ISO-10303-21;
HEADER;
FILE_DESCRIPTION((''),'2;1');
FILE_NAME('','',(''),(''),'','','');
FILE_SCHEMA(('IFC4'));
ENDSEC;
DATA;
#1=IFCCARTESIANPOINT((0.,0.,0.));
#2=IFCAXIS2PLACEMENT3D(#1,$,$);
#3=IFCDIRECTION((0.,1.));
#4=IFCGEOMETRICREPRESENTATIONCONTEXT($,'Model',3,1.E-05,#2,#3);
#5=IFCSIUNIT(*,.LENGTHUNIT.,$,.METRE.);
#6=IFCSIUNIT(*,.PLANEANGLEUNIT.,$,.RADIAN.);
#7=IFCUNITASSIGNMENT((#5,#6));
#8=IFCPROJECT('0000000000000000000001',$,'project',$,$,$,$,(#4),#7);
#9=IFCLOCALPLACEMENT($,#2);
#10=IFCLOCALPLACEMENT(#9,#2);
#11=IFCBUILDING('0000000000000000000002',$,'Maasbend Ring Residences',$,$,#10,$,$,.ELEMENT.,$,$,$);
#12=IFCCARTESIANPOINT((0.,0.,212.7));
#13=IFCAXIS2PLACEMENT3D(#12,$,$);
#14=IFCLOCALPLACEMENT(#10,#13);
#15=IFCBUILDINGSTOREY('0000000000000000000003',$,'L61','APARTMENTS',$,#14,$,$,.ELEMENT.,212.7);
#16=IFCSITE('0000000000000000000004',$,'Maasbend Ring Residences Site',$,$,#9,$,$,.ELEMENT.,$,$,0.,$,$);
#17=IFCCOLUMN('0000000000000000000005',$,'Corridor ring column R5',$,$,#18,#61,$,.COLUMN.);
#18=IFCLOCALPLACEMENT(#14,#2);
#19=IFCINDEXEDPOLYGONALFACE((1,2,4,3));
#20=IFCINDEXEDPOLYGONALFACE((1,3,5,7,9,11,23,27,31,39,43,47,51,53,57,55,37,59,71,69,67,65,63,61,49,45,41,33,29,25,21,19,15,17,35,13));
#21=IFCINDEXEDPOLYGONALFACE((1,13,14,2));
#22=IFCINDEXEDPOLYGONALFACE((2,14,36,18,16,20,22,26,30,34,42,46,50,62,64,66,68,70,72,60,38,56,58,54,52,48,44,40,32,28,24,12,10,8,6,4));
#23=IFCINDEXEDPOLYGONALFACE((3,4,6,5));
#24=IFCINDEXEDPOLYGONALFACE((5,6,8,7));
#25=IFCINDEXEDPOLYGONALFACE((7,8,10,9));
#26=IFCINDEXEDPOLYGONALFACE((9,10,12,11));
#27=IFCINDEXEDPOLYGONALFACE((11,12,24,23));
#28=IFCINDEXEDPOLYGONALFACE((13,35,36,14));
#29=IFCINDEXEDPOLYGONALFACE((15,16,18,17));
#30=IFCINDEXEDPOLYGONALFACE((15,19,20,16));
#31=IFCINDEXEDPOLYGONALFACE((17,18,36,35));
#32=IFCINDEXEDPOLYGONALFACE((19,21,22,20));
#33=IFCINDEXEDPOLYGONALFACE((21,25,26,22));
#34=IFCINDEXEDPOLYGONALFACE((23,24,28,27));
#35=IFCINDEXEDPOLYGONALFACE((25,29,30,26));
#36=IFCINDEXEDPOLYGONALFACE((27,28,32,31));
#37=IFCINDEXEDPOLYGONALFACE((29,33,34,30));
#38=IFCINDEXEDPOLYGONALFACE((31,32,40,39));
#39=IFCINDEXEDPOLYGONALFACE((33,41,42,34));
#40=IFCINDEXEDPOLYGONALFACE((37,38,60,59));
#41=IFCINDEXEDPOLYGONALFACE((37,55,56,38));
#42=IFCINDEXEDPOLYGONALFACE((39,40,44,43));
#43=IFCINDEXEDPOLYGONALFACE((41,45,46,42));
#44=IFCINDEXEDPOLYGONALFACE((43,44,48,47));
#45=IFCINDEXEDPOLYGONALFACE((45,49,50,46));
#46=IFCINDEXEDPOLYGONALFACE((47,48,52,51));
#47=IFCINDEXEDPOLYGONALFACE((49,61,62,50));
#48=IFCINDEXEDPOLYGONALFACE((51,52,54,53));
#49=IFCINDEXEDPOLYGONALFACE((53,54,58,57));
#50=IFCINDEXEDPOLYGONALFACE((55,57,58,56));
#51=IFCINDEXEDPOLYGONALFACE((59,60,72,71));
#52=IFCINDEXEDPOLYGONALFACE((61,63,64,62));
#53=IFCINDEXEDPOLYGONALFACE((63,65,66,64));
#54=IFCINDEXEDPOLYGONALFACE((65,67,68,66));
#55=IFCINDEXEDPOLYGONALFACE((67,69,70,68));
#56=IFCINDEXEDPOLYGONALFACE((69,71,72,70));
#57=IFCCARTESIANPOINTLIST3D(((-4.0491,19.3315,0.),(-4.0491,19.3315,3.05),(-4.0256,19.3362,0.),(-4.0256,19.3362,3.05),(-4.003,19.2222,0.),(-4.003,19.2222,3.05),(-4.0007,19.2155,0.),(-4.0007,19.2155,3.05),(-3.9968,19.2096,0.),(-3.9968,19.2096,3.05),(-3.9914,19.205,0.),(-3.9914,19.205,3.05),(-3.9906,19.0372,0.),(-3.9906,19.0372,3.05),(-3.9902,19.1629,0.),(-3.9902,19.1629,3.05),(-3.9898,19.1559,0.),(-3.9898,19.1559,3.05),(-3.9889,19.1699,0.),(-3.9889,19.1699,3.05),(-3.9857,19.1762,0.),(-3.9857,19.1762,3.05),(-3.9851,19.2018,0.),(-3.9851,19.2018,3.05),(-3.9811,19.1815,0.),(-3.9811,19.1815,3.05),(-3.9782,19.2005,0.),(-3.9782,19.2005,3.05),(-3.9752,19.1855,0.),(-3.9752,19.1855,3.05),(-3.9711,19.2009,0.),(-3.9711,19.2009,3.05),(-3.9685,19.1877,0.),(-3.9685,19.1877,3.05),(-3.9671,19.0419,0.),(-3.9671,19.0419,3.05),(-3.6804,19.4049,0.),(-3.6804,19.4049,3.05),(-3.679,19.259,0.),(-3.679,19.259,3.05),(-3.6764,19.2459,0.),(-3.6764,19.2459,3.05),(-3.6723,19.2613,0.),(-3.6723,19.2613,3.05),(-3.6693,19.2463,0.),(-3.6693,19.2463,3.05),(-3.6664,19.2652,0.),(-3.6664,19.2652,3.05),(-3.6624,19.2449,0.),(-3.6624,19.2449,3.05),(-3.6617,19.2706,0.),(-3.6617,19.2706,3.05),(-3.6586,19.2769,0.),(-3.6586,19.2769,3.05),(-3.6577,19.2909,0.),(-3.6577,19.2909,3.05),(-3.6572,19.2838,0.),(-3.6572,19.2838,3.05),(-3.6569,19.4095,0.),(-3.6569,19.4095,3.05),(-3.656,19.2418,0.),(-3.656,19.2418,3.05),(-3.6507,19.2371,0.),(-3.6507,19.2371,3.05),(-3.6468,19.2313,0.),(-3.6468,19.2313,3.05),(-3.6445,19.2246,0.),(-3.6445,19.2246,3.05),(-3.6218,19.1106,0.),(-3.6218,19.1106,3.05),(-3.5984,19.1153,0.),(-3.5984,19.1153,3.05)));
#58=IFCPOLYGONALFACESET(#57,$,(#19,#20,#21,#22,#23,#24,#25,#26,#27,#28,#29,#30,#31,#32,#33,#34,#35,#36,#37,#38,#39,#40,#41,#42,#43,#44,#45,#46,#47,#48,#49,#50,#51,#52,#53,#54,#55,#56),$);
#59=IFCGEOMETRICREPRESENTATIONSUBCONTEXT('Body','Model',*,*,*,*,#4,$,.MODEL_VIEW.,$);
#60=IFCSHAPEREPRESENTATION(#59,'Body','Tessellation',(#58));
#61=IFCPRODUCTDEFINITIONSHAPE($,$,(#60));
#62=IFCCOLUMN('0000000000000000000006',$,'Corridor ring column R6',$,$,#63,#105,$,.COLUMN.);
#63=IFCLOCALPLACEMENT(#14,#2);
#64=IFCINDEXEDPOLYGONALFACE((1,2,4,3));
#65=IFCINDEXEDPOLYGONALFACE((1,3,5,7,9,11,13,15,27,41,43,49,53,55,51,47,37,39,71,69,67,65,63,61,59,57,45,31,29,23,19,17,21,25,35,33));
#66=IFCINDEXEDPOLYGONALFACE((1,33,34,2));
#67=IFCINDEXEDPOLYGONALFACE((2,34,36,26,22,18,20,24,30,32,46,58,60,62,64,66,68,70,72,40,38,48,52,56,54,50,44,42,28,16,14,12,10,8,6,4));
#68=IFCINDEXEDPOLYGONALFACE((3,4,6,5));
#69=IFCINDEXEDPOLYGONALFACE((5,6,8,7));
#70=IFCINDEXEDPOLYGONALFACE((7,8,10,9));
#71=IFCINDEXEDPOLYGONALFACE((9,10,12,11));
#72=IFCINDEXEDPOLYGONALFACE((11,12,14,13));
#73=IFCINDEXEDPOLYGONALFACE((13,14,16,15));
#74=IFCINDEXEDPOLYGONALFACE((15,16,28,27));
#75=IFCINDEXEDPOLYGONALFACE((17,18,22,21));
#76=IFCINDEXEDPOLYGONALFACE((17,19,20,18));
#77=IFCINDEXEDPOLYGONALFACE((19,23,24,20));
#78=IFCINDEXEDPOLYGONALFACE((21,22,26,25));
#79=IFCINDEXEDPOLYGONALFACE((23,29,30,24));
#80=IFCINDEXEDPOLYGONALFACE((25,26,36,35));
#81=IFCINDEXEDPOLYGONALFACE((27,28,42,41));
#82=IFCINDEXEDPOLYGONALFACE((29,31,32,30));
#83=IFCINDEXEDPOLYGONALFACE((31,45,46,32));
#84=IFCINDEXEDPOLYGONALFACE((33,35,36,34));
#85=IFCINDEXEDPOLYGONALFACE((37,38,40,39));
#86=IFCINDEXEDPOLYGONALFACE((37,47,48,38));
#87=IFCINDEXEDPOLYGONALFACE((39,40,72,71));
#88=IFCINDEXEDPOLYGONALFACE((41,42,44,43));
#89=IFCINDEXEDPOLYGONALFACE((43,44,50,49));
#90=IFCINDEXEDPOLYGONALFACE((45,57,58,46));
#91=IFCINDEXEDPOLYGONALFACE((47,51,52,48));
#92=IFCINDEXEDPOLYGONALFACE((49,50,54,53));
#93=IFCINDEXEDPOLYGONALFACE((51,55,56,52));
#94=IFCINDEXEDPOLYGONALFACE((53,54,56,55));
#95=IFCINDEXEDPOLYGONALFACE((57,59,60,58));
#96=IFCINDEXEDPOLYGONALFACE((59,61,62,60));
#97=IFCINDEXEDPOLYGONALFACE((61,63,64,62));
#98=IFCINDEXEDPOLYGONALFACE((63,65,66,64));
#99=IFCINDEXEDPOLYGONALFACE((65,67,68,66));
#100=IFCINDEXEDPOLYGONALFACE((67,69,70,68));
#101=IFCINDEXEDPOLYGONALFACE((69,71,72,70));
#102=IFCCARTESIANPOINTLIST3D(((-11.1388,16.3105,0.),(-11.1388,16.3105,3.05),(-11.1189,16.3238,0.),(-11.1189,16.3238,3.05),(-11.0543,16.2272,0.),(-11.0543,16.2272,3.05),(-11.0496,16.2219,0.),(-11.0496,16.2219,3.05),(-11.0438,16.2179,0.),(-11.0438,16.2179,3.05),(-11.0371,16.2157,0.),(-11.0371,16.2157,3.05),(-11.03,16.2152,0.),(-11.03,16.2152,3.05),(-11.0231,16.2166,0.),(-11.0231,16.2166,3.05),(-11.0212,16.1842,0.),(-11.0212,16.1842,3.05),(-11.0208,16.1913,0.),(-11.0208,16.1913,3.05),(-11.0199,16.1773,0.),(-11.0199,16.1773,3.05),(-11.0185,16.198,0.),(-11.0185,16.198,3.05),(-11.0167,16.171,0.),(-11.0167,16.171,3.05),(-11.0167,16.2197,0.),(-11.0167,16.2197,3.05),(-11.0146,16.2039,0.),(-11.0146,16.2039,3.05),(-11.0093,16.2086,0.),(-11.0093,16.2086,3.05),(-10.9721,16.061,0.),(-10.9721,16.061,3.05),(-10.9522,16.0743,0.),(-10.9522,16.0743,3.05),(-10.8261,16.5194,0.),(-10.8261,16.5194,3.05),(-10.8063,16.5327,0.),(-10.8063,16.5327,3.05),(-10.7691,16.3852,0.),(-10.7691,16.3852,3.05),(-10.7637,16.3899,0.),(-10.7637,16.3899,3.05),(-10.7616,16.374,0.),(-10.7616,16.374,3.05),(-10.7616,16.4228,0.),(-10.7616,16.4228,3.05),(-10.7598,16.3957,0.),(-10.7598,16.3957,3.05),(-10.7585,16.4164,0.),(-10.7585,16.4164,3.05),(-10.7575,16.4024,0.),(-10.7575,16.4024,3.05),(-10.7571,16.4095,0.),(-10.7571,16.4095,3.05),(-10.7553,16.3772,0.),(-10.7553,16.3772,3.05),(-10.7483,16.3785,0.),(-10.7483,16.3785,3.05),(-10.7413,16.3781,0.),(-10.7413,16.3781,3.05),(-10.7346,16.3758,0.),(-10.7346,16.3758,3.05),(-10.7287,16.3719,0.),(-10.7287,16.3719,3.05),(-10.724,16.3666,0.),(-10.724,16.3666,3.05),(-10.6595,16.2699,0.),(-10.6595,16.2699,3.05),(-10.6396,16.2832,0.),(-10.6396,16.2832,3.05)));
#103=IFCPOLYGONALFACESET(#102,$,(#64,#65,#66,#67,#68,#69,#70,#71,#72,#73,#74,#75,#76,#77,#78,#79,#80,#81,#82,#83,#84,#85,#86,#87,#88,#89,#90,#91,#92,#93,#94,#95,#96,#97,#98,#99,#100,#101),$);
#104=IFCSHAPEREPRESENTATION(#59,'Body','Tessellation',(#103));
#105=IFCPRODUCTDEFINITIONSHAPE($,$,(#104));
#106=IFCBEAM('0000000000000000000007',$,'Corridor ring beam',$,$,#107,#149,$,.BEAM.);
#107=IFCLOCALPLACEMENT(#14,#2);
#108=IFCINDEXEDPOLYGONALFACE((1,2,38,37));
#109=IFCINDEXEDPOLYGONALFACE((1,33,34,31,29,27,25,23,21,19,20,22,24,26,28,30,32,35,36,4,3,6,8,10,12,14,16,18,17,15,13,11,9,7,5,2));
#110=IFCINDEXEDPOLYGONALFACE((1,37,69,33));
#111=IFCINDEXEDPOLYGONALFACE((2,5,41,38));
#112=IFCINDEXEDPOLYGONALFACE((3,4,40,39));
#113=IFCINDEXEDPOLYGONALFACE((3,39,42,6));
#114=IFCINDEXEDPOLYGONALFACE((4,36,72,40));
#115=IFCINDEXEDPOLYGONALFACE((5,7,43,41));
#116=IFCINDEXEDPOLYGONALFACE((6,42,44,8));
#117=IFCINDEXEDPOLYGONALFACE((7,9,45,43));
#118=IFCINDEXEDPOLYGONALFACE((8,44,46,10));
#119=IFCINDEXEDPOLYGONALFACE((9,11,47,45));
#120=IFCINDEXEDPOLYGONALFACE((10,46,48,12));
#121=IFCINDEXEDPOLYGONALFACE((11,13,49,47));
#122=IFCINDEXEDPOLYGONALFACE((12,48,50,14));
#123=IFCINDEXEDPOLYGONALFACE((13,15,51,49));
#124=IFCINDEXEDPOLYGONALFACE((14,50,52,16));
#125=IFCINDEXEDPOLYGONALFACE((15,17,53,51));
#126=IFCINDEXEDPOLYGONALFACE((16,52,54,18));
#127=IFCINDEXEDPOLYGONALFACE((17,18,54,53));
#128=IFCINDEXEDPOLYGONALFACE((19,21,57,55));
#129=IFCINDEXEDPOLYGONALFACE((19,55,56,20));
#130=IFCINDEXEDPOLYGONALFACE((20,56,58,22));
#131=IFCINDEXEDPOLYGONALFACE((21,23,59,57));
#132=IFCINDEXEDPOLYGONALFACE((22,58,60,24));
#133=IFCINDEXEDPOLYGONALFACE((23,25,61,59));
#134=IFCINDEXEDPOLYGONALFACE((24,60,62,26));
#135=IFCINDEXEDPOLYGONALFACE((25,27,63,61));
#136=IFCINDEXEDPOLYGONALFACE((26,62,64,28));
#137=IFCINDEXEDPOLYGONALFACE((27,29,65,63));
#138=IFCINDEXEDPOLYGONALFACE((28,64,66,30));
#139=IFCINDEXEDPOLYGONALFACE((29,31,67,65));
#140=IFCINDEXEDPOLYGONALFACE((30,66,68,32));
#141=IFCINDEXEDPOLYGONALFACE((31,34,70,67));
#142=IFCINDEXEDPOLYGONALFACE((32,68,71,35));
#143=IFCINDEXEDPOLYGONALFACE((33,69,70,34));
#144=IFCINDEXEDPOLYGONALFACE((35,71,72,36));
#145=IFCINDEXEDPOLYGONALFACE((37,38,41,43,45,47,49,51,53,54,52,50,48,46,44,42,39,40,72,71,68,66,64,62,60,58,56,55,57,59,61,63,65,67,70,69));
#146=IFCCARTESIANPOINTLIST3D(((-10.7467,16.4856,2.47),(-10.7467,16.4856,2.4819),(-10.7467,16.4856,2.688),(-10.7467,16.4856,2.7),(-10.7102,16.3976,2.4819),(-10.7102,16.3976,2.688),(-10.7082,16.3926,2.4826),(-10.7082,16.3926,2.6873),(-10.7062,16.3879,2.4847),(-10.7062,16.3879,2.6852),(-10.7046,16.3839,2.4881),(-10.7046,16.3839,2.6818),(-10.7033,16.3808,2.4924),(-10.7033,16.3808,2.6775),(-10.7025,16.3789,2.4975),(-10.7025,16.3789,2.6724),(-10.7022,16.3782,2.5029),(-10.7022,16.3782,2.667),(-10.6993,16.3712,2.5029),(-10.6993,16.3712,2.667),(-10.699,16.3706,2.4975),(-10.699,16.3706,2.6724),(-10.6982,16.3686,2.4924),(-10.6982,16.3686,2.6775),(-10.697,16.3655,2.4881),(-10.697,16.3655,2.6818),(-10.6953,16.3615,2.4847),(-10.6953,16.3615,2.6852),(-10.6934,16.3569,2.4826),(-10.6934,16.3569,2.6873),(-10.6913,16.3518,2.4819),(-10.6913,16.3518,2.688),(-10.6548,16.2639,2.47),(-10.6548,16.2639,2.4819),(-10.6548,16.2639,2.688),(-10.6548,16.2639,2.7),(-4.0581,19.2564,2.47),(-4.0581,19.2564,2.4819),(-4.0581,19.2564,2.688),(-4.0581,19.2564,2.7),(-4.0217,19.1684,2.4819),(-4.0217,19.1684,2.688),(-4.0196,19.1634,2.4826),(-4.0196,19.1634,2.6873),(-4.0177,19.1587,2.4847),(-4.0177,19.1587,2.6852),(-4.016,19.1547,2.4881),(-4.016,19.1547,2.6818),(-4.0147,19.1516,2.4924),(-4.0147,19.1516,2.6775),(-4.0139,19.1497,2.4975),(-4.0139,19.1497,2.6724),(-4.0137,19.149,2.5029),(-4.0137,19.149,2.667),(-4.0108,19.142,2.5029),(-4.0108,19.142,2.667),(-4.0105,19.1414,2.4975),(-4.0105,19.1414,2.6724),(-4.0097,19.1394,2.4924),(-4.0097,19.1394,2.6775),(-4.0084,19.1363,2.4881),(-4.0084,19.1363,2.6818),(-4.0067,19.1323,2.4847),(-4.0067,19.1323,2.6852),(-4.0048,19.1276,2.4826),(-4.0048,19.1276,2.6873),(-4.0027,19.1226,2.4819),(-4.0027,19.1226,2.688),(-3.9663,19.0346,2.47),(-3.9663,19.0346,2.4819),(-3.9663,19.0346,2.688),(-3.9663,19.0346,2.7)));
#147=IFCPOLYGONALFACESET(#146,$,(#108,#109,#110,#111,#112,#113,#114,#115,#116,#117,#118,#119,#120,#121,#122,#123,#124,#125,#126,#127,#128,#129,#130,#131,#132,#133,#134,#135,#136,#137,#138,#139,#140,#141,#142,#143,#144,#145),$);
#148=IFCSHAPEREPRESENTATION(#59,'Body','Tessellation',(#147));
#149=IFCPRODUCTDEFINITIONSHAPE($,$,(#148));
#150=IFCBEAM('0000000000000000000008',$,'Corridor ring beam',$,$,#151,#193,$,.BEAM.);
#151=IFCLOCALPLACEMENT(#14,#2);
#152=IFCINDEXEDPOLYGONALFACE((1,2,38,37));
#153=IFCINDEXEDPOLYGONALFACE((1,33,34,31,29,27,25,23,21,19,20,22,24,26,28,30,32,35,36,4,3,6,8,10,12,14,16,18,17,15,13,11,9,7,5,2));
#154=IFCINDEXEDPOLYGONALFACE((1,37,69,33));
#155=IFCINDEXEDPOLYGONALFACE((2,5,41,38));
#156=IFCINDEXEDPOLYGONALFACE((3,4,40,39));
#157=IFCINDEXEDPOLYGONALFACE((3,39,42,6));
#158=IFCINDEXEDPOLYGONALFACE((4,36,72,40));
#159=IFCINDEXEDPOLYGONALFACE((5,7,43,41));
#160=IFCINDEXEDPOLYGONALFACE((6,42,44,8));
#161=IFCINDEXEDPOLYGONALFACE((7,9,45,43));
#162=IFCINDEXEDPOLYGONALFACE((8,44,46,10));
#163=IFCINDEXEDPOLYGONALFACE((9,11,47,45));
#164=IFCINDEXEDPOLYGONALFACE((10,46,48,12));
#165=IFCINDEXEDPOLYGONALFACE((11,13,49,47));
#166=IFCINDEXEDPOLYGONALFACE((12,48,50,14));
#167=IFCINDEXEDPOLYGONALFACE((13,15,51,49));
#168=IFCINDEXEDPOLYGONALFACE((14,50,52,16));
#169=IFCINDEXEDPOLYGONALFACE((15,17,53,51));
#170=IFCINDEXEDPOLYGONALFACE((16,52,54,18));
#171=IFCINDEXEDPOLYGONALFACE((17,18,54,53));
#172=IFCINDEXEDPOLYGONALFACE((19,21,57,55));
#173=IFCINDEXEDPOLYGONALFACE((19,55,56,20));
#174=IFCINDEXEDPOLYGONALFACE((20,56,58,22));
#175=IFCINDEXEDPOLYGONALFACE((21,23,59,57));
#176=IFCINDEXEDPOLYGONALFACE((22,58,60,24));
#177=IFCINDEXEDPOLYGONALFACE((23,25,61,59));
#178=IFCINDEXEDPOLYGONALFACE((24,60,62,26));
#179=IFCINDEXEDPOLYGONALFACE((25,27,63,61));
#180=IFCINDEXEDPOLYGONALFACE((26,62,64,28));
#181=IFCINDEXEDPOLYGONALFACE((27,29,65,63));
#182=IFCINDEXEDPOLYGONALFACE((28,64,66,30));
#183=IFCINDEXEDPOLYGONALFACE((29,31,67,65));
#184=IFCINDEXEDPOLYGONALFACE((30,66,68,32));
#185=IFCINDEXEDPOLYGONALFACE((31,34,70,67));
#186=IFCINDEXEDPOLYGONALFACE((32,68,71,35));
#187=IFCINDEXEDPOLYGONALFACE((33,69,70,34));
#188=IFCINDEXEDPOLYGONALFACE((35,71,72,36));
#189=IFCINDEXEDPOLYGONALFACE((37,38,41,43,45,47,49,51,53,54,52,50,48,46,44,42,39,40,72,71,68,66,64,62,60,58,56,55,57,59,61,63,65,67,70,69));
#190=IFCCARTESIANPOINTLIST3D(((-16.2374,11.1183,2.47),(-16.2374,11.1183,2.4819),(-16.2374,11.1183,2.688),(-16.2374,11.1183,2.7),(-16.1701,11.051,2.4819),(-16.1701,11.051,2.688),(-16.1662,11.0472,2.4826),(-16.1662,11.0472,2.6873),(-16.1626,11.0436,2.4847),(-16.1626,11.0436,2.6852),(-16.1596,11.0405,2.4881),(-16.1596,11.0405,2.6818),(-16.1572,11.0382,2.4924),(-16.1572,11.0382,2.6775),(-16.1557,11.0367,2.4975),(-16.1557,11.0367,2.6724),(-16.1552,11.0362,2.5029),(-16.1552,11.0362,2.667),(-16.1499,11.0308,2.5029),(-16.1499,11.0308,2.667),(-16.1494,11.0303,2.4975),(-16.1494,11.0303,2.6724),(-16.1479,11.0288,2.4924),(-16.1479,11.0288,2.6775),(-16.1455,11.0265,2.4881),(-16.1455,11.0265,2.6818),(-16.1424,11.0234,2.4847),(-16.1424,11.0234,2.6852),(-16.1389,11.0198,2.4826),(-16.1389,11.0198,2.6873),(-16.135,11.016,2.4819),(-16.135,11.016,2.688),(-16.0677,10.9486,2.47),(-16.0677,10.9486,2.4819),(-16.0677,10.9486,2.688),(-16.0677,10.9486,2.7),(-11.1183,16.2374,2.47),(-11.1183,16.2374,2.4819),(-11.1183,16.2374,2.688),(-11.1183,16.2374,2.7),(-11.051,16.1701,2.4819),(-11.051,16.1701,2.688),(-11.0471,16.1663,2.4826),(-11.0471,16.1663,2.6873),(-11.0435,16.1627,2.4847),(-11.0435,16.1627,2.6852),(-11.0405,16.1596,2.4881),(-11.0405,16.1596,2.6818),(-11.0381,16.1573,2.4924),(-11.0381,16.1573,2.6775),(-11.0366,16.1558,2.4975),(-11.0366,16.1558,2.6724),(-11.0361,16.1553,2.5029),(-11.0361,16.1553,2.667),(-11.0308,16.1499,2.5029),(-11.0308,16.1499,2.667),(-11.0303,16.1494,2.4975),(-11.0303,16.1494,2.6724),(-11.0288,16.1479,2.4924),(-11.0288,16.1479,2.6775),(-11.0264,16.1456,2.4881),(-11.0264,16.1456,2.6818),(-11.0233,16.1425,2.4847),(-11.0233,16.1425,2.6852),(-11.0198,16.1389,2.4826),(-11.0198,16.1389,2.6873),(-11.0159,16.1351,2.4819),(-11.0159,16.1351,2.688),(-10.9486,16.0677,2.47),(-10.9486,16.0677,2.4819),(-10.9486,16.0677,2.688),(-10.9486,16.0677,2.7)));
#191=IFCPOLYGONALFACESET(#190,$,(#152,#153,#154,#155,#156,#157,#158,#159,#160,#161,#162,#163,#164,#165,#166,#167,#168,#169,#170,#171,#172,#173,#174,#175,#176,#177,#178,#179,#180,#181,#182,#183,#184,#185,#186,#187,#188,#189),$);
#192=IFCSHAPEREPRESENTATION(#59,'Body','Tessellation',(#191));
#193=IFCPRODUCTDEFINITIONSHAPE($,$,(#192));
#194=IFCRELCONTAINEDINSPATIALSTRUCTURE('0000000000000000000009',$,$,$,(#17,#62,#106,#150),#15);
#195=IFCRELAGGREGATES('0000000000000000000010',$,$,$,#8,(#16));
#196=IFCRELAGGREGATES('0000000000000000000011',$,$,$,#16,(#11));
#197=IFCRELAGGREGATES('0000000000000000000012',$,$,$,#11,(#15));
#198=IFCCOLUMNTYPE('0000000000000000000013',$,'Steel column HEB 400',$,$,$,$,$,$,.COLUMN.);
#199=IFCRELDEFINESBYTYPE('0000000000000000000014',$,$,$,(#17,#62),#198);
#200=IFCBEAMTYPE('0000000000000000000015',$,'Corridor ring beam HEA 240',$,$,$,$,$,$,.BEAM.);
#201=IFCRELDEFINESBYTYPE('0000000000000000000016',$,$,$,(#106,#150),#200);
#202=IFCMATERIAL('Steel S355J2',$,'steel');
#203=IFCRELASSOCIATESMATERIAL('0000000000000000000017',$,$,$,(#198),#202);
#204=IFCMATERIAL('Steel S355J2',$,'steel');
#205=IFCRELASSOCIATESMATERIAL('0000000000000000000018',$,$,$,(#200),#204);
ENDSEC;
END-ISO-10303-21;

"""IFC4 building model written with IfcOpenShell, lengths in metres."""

from ifc_helpers import new_model, si_unit, direction, frame, origin, origin_2d, place, context, subcontext, project, spatial, i_section, extrude, material, material_profile, profile_set, type_object, element, save


model = new_model("IFC4")

# Units and contexts
model_context = context("Model", 3, precision=1e-05, world=origin(), true_north=direction((0.0, 1.0)))
body_context = subcontext(model_context, "Body", "Model", "MODEL_VIEW")
ifc_project = project(units=[si_unit("LENGTHUNIT", "METRE"), si_unit("PLANEANGLEUNIT", "RADIAN")], contexts=[model_context])

# Site, building, storey
site_placement = place(None, origin())
site = spatial("IfcSite", under=ifc_project, at=site_placement, Name="Maasbend Ring Residences Site", CompositionType="ELEMENT", RefElevation=0.0)
building_placement = place(site_placement, origin())
building = spatial("IfcBuilding", under=site, at=building_placement, Name="Maasbend Ring Residences", CompositionType="ELEMENT")
storey_placement = place(building_placement, frame((0.0, 0.0, 212.7)))
storey = spatial("IfcBuildingStorey", under=building, at=storey_placement, Name="L61", Description="APARTMENTS", CompositionType="ELEMENT", Elevation=212.7)

# Columns
ifc_material_1 = material(Name="Steel S355J2", Category="steel")
ifc_material_profile_1 = material_profile(ifc_material_1, i_section(OverallWidth=0.3, OverallDepth=0.3999, WebThickness=0.0134, FlangeThickness=0.0239, FilletRadius=0.0271, at=origin_2d()), Name="HEB 400")
ifc_profile_set_1 = profile_set([ifc_material_profile_1], Name="Steel S355J2")
column_type = type_object("IfcColumnType", Name="Steel column HEB 400", PredefinedType="COLUMN", material=ifc_profile_set_1)
for number, where, z_axis, x_axis, name in (
    (1, (-3.8237, 19.2234, 0.0), (0.0, 0.0, 1.0), (-0.19509, 0.980785, 0.0), "Corridor ring column R5"),
    (2, (-10.8892, 16.2969, 0.0), (0.0, 0.0, 1.0), (-0.55557, 0.83147, 0.0), "Corridor ring column R6"),
):
    element("IfcColumn", number, at=place(storey_placement, frame(where, z_axis=z_axis, x_axis=x_axis)), inside=storey, type_object=column_type, Name=name, PredefinedType="COLUMN", context=body_context, shape_type="SweptSolid", body=[
        extrude(i_section(OverallWidth=0.3, OverallDepth=0.3999, WebThickness=0.0134, FlangeThickness=0.0239, FilletRadius=0.0271, at=origin_2d()), origin(), (0.0, 0.0, 1.0), 3.05),
    ])

# Beams
ifc_material_2 = material(Name="Steel S355J2", Category="steel")
ifc_material_profile_2 = material_profile(ifc_material_2, i_section(OverallWidth=0.24, OverallDepth=0.23, WebThickness=0.0076, FlangeThickness=0.012, FilletRadius=0.021, at=origin_2d()), Name="HEA 240")
ifc_profile_set_2 = profile_set([ifc_material_profile_2], Name="Steel S355J2")
beam_type = type_object("IfcBeamType", Name="Corridor ring beam HEA 240", PredefinedType="BEAM", material=ifc_profile_set_2)
beam_1_placement = place(storey_placement, frame((-4.0122, 19.1455, 2.585), z_axis=(-0.923865, -0.382718, 0.0), x_axis=(0.382718, -0.923865, 0.0)))
element("IfcBeam", 3, at=beam_1_placement, inside=storey, type_object=beam_type, Name="Corridor ring beam", PredefinedType="BEAM", context=body_context, shape_type="SweptSolid", body=[
    extrude(i_section(OverallWidth=0.24, OverallDepth=0.23, WebThickness=0.0076, FlangeThickness=0.012, FilletRadius=0.021, at=origin_2d()), origin(), (0.0, 0.0, 1.0), 7.2397),
])
beam_2_placement = place(storey_placement, frame((-11.0334, 16.1526, 2.585), z_axis=(-0.707107, -0.707107, 0.0), x_axis=(0.707107, -0.707107, 0.0)))
element("IfcBeam", 4, at=beam_2_placement, inside=storey, type_object=beam_type, Name="Corridor ring beam", PredefinedType="BEAM", context=body_context, shape_type="SweptSolid", body=[
    extrude(i_section(OverallWidth=0.24, OverallDepth=0.23, WebThickness=0.0076, FlangeThickness=0.012, FilletRadius=0.021, at=origin_2d()), origin(), (0.0, 0.0, 1.0), 7.2395),
])

save(model, "model.ifc")
